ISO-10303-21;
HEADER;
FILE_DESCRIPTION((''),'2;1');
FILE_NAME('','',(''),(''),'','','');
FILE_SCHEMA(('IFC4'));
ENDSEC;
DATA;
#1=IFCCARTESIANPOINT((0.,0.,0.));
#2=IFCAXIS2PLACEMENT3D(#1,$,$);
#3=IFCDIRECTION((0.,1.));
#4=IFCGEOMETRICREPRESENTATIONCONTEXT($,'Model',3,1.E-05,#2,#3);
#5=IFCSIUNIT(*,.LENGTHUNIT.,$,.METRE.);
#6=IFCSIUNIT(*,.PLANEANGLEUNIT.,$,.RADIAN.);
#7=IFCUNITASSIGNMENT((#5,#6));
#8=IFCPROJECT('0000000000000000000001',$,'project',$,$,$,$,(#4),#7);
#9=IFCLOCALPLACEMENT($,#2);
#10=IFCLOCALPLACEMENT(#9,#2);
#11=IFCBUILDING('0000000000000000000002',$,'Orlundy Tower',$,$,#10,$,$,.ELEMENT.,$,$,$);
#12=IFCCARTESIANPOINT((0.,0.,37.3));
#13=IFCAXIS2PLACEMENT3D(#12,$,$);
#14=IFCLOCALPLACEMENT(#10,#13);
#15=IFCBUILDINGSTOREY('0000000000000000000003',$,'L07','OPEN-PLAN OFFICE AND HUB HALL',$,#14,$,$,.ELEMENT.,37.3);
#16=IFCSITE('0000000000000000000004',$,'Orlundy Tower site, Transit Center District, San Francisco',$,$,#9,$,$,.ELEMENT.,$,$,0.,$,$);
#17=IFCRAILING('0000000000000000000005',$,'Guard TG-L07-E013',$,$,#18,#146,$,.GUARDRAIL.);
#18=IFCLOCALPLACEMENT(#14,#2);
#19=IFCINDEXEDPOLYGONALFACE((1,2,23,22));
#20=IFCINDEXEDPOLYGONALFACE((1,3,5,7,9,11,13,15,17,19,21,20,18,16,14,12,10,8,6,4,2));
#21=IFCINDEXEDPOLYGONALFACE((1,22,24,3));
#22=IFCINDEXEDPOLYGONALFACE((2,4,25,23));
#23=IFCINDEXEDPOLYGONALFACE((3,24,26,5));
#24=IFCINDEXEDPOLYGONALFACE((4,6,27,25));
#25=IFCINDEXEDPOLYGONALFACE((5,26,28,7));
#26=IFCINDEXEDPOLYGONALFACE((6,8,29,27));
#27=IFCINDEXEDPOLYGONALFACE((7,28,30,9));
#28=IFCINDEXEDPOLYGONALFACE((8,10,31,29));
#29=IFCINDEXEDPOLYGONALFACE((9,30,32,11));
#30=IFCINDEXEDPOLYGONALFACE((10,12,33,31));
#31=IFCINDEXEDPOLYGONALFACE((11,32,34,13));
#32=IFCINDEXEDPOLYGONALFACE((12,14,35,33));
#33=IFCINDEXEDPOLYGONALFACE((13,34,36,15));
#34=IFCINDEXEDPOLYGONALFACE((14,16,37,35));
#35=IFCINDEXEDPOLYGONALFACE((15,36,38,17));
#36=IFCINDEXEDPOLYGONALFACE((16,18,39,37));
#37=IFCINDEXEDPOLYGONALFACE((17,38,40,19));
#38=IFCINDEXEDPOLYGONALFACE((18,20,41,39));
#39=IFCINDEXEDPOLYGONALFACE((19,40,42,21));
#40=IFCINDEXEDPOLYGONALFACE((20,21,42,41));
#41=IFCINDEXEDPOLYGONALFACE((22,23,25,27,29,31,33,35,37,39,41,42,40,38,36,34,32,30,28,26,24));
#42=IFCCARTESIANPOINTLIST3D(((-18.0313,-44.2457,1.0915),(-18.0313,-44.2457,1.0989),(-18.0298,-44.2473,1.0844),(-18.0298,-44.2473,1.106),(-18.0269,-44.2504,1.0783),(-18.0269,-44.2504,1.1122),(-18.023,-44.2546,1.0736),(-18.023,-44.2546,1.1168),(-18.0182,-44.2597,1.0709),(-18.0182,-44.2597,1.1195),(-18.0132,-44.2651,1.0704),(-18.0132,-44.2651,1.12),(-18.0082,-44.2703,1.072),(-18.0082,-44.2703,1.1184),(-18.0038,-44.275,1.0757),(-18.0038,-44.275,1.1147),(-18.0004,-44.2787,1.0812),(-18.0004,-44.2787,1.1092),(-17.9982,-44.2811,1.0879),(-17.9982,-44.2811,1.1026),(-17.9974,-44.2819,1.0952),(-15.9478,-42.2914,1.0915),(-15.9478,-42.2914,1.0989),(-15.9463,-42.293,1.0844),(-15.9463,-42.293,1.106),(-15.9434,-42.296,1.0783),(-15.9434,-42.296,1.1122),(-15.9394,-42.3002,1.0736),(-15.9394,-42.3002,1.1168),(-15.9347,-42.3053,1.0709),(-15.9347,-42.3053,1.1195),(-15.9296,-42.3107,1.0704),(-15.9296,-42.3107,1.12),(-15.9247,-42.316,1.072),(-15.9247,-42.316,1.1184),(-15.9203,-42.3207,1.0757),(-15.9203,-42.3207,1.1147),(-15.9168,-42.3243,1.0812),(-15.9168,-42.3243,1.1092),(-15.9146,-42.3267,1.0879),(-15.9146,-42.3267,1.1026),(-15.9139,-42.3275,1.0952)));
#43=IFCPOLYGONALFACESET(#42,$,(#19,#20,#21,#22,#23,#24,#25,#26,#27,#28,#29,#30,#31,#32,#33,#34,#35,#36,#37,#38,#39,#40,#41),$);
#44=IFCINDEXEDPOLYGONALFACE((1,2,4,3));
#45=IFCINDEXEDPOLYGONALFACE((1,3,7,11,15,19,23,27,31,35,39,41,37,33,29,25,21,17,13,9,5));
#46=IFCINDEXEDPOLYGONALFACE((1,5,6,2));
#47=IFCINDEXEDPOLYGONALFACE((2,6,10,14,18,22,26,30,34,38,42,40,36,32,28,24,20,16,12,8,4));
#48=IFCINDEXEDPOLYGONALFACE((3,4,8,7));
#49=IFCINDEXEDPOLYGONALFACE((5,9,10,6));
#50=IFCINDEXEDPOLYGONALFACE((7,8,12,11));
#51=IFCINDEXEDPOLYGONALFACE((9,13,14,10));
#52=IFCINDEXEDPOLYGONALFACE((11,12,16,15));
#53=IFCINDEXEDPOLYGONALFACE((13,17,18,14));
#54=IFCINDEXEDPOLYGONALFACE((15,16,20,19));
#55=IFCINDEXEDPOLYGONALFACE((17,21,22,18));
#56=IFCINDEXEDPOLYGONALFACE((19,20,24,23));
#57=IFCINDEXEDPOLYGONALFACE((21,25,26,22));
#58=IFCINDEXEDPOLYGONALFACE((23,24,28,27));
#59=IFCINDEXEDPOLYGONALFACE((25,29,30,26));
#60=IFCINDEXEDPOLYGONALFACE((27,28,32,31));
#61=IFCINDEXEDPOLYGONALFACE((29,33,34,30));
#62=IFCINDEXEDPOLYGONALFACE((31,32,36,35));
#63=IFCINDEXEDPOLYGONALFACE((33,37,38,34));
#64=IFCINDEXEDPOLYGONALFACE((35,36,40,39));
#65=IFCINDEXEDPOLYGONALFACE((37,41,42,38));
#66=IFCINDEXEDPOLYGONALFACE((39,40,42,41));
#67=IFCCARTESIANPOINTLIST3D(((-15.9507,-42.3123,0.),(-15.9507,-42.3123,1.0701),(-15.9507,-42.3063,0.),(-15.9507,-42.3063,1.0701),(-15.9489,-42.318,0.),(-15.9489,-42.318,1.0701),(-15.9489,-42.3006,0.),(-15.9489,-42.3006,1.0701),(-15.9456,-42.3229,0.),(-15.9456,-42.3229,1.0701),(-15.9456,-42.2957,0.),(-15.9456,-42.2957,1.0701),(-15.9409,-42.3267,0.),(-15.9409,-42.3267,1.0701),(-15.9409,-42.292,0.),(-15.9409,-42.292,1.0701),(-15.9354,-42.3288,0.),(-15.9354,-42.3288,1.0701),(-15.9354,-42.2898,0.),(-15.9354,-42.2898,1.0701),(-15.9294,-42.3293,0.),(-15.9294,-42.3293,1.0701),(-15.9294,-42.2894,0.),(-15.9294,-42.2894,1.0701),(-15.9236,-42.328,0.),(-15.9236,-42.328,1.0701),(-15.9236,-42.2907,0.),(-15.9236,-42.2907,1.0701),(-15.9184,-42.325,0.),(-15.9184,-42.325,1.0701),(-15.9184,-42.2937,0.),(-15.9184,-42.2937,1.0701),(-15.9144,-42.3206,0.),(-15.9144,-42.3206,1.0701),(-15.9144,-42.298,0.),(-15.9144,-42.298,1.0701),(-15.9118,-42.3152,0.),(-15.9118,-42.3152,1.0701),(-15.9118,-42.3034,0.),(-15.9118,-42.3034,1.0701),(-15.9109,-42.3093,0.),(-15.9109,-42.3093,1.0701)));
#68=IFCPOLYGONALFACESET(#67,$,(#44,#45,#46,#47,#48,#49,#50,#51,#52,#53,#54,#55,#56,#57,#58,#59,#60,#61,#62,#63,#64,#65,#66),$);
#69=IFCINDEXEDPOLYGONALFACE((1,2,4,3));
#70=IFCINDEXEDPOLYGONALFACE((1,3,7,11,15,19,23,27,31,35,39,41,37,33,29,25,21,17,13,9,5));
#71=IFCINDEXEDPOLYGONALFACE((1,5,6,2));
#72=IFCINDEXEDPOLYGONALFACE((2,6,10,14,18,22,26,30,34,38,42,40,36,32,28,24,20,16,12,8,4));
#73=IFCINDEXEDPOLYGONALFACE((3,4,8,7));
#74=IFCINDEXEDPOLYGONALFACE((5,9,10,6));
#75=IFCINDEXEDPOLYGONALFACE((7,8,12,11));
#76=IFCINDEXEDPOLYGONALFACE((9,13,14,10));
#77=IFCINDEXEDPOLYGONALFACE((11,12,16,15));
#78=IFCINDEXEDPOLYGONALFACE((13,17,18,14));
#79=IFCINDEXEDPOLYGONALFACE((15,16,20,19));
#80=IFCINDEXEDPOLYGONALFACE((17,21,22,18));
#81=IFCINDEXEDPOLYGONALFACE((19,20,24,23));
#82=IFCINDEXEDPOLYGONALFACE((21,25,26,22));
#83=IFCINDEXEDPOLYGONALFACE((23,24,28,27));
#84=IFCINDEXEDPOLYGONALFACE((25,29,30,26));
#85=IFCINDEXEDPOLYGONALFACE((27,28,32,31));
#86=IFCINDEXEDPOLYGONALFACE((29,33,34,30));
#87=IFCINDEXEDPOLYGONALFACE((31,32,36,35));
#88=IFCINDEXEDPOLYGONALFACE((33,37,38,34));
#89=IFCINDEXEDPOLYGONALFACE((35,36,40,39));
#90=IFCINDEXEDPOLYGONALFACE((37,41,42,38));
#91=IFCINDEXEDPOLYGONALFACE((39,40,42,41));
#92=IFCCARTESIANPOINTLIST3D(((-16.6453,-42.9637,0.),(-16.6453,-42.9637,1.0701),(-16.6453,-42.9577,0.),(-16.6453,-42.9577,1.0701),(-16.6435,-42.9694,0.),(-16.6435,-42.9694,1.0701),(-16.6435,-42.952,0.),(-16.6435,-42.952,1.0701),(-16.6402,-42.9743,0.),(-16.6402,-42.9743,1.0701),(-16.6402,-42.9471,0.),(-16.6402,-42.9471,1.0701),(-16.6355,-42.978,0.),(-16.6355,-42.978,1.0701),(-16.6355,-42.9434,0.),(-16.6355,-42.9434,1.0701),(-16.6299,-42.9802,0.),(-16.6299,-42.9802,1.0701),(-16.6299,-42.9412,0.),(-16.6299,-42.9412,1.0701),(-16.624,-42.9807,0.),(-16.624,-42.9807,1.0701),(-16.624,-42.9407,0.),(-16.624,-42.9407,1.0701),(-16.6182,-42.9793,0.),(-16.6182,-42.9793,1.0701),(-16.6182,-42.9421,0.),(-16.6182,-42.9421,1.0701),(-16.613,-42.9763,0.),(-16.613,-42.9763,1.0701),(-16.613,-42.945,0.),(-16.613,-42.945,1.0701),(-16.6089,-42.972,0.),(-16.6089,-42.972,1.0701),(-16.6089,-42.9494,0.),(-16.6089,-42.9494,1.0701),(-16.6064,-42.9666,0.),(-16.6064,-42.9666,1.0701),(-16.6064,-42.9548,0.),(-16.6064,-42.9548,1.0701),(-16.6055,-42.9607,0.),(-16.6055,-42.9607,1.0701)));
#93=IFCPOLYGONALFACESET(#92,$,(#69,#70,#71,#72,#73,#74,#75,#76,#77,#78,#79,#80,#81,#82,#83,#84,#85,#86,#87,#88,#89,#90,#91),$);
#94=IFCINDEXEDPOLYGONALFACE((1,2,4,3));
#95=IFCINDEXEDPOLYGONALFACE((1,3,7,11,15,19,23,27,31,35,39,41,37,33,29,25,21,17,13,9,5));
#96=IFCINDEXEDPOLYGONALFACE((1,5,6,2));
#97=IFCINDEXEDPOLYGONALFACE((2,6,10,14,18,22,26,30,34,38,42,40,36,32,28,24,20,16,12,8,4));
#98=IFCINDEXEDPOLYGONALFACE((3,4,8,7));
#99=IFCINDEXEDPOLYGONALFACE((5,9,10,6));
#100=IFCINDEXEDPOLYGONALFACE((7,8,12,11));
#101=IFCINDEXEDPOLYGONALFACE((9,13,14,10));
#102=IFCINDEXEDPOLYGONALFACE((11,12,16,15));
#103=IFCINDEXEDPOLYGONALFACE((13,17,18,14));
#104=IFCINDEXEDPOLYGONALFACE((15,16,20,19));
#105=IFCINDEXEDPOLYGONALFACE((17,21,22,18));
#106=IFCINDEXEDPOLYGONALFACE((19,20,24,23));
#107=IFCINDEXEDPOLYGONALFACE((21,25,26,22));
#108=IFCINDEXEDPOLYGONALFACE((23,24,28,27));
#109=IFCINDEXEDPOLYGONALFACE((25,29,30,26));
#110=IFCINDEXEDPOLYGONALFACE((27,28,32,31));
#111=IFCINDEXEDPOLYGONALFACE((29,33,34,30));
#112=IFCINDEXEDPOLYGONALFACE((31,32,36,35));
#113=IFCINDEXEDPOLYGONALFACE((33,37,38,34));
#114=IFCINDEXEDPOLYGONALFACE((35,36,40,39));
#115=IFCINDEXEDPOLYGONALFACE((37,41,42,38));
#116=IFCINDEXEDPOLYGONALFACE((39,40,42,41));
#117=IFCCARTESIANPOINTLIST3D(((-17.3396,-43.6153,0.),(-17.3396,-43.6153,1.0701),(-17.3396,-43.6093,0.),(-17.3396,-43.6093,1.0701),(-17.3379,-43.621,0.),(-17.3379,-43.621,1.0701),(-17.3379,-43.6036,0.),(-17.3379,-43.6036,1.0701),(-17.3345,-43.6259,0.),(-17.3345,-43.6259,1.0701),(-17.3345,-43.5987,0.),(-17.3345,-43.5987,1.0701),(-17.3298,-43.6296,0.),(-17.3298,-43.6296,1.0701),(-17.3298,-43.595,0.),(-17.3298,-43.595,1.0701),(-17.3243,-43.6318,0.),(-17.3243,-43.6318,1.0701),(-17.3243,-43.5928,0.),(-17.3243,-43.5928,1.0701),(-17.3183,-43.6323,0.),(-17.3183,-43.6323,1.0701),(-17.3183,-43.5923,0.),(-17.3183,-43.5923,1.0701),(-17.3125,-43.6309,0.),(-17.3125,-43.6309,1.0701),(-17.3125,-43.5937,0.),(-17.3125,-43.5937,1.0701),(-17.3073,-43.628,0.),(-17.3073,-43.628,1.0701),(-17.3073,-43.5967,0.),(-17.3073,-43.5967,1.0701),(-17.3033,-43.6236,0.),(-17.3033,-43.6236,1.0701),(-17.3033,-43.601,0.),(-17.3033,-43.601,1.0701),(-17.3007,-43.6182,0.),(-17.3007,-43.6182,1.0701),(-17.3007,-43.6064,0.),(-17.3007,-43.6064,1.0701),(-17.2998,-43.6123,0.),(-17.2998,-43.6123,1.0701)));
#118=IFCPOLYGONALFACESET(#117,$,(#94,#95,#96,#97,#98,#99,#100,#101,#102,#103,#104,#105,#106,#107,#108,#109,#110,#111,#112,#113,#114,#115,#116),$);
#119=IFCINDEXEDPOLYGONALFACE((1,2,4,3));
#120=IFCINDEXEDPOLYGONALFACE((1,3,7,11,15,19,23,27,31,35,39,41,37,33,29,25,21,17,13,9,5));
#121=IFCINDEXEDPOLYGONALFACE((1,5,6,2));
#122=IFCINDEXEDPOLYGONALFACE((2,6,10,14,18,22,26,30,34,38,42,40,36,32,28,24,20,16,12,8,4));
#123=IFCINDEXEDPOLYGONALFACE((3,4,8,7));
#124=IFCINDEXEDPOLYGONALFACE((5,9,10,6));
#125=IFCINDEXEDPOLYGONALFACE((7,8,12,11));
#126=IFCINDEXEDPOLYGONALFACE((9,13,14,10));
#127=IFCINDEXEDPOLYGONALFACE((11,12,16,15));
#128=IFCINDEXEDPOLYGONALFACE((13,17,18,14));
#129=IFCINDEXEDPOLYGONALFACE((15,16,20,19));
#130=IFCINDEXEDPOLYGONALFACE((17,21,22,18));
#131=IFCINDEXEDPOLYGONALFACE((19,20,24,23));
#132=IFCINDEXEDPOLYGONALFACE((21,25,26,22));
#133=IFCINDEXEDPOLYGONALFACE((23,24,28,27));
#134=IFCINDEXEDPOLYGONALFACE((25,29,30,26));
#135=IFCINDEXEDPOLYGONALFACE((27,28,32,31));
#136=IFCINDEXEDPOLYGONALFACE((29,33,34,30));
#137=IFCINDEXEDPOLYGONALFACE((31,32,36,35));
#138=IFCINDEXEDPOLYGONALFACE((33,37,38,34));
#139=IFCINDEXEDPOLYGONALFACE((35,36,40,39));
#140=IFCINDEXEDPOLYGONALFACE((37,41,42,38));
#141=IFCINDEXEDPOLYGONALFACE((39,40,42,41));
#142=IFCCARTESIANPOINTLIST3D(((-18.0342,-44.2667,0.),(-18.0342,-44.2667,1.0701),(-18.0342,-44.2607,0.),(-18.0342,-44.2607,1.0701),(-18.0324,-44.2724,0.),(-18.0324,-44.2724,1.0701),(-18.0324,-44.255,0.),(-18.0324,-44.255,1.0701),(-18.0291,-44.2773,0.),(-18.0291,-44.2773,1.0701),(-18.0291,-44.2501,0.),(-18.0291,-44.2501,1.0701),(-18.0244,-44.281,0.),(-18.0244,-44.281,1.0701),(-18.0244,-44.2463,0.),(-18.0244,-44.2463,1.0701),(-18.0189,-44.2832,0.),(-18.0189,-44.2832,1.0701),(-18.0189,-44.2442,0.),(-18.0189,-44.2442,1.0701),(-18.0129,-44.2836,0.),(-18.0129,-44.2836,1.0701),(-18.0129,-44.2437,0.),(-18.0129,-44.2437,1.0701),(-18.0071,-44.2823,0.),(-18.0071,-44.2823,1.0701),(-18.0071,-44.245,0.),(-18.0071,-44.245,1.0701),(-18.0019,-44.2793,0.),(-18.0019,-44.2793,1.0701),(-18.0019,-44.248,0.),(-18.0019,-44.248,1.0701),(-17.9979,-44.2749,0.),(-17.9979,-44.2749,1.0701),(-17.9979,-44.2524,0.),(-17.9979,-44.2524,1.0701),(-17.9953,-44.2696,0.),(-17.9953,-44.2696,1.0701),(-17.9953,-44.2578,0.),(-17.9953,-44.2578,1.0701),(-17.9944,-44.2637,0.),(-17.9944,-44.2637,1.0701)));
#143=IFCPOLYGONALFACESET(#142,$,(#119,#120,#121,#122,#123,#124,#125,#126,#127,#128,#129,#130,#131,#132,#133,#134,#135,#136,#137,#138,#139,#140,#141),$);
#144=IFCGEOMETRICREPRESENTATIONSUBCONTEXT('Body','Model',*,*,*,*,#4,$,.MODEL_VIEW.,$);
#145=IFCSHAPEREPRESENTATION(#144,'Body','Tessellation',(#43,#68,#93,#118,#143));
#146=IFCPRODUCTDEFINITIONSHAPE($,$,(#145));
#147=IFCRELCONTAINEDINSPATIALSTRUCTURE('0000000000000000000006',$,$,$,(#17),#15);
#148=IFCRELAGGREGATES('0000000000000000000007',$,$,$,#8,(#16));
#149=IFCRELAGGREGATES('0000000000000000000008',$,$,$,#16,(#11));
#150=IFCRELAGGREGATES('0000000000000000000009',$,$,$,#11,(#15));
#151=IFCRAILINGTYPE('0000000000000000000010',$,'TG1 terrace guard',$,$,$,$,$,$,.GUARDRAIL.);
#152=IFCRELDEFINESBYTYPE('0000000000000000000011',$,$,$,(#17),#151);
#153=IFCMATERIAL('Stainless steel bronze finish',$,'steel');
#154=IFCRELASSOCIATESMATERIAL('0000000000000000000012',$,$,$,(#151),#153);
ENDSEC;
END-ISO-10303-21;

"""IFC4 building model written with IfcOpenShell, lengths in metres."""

from ifc_helpers import new_model, si_unit, direction, frame, origin, origin_2d, place, context, subcontext, project, spatial, circle, extrude, material, type_object, element, save


model = new_model("IFC4")

# Units and contexts
model_context = context("Model", 3, precision=1e-05, world=origin(), true_north=direction((0.0, 1.0)))
body_context = subcontext(model_context, "Body", "Model", "MODEL_VIEW")
ifc_project = project(units=[si_unit("LENGTHUNIT", "METRE"), si_unit("PLANEANGLEUNIT", "RADIAN")], contexts=[model_context])

# Site, building, storey
site_placement = place(None, origin())
site = spatial("IfcSite", under=ifc_project, at=site_placement, Name="Orlundy Tower site, Transit Center District, San Francisco", CompositionType="ELEMENT", RefElevation=0.0)
building_placement = place(site_placement, origin())
building = spatial("IfcBuilding", under=site, at=building_placement, Name="Orlundy Tower", CompositionType="ELEMENT")
storey_placement = place(building_placement, frame((0.0, 0.0, 37.3)))
storey = spatial("IfcBuildingStorey", under=building, at=storey_placement, Name="L07", Description="OPEN-PLAN OFFICE AND HUB HALL", CompositionType="ELEMENT", Elevation=37.3)

# Railing
ifc_material_1 = material(Name="Stainless steel bronze finish", Category="steel")
railing_type = type_object("IfcRailingType", Name="TG1 terrace guard", PredefinedType="GUARDRAIL", material=ifc_material_1)
railing_1_placement = place(storey_placement, frame((-15.9309, -42.3093, 0.0)))
element("IfcRailing", 1, at=railing_1_placement, inside=storey, type_object=railing_type, Name="Guard TG-L07-E013", PredefinedType="GUARDRAIL", context=body_context, shape_type="SweptSolid", body=[
    extrude(circle(Radius=0.0249, at=origin_2d()), frame((0.0, 0.0, 1.0952), z_axis=(-0.729351, -0.68414, 0.0), x_axis=(0.68414, -0.729351, 0.0)), (0.0, 0.0, 1.0), 2.8567),
    extrude(circle(Radius=0.02, at=origin_2d()), origin(), (0.0, 0.0, 1.0), 1.0701),
    extrude(circle(Radius=0.02, at=origin_2d()), frame((-0.6946, -0.6514, 0.0)), (0.0, 0.0, 1.0), 1.0701),
    extrude(circle(Radius=0.02, at=origin_2d()), frame((-1.3889, -1.303, 0.0)), (0.0, 0.0, 1.0), 1.0701),
    extrude(circle(Radius=0.02, at=origin_2d()), frame((-2.0835, -1.9543, 0.0)), (0.0, 0.0, 1.0), 1.0701),
])

save(model, "model.ifc")
